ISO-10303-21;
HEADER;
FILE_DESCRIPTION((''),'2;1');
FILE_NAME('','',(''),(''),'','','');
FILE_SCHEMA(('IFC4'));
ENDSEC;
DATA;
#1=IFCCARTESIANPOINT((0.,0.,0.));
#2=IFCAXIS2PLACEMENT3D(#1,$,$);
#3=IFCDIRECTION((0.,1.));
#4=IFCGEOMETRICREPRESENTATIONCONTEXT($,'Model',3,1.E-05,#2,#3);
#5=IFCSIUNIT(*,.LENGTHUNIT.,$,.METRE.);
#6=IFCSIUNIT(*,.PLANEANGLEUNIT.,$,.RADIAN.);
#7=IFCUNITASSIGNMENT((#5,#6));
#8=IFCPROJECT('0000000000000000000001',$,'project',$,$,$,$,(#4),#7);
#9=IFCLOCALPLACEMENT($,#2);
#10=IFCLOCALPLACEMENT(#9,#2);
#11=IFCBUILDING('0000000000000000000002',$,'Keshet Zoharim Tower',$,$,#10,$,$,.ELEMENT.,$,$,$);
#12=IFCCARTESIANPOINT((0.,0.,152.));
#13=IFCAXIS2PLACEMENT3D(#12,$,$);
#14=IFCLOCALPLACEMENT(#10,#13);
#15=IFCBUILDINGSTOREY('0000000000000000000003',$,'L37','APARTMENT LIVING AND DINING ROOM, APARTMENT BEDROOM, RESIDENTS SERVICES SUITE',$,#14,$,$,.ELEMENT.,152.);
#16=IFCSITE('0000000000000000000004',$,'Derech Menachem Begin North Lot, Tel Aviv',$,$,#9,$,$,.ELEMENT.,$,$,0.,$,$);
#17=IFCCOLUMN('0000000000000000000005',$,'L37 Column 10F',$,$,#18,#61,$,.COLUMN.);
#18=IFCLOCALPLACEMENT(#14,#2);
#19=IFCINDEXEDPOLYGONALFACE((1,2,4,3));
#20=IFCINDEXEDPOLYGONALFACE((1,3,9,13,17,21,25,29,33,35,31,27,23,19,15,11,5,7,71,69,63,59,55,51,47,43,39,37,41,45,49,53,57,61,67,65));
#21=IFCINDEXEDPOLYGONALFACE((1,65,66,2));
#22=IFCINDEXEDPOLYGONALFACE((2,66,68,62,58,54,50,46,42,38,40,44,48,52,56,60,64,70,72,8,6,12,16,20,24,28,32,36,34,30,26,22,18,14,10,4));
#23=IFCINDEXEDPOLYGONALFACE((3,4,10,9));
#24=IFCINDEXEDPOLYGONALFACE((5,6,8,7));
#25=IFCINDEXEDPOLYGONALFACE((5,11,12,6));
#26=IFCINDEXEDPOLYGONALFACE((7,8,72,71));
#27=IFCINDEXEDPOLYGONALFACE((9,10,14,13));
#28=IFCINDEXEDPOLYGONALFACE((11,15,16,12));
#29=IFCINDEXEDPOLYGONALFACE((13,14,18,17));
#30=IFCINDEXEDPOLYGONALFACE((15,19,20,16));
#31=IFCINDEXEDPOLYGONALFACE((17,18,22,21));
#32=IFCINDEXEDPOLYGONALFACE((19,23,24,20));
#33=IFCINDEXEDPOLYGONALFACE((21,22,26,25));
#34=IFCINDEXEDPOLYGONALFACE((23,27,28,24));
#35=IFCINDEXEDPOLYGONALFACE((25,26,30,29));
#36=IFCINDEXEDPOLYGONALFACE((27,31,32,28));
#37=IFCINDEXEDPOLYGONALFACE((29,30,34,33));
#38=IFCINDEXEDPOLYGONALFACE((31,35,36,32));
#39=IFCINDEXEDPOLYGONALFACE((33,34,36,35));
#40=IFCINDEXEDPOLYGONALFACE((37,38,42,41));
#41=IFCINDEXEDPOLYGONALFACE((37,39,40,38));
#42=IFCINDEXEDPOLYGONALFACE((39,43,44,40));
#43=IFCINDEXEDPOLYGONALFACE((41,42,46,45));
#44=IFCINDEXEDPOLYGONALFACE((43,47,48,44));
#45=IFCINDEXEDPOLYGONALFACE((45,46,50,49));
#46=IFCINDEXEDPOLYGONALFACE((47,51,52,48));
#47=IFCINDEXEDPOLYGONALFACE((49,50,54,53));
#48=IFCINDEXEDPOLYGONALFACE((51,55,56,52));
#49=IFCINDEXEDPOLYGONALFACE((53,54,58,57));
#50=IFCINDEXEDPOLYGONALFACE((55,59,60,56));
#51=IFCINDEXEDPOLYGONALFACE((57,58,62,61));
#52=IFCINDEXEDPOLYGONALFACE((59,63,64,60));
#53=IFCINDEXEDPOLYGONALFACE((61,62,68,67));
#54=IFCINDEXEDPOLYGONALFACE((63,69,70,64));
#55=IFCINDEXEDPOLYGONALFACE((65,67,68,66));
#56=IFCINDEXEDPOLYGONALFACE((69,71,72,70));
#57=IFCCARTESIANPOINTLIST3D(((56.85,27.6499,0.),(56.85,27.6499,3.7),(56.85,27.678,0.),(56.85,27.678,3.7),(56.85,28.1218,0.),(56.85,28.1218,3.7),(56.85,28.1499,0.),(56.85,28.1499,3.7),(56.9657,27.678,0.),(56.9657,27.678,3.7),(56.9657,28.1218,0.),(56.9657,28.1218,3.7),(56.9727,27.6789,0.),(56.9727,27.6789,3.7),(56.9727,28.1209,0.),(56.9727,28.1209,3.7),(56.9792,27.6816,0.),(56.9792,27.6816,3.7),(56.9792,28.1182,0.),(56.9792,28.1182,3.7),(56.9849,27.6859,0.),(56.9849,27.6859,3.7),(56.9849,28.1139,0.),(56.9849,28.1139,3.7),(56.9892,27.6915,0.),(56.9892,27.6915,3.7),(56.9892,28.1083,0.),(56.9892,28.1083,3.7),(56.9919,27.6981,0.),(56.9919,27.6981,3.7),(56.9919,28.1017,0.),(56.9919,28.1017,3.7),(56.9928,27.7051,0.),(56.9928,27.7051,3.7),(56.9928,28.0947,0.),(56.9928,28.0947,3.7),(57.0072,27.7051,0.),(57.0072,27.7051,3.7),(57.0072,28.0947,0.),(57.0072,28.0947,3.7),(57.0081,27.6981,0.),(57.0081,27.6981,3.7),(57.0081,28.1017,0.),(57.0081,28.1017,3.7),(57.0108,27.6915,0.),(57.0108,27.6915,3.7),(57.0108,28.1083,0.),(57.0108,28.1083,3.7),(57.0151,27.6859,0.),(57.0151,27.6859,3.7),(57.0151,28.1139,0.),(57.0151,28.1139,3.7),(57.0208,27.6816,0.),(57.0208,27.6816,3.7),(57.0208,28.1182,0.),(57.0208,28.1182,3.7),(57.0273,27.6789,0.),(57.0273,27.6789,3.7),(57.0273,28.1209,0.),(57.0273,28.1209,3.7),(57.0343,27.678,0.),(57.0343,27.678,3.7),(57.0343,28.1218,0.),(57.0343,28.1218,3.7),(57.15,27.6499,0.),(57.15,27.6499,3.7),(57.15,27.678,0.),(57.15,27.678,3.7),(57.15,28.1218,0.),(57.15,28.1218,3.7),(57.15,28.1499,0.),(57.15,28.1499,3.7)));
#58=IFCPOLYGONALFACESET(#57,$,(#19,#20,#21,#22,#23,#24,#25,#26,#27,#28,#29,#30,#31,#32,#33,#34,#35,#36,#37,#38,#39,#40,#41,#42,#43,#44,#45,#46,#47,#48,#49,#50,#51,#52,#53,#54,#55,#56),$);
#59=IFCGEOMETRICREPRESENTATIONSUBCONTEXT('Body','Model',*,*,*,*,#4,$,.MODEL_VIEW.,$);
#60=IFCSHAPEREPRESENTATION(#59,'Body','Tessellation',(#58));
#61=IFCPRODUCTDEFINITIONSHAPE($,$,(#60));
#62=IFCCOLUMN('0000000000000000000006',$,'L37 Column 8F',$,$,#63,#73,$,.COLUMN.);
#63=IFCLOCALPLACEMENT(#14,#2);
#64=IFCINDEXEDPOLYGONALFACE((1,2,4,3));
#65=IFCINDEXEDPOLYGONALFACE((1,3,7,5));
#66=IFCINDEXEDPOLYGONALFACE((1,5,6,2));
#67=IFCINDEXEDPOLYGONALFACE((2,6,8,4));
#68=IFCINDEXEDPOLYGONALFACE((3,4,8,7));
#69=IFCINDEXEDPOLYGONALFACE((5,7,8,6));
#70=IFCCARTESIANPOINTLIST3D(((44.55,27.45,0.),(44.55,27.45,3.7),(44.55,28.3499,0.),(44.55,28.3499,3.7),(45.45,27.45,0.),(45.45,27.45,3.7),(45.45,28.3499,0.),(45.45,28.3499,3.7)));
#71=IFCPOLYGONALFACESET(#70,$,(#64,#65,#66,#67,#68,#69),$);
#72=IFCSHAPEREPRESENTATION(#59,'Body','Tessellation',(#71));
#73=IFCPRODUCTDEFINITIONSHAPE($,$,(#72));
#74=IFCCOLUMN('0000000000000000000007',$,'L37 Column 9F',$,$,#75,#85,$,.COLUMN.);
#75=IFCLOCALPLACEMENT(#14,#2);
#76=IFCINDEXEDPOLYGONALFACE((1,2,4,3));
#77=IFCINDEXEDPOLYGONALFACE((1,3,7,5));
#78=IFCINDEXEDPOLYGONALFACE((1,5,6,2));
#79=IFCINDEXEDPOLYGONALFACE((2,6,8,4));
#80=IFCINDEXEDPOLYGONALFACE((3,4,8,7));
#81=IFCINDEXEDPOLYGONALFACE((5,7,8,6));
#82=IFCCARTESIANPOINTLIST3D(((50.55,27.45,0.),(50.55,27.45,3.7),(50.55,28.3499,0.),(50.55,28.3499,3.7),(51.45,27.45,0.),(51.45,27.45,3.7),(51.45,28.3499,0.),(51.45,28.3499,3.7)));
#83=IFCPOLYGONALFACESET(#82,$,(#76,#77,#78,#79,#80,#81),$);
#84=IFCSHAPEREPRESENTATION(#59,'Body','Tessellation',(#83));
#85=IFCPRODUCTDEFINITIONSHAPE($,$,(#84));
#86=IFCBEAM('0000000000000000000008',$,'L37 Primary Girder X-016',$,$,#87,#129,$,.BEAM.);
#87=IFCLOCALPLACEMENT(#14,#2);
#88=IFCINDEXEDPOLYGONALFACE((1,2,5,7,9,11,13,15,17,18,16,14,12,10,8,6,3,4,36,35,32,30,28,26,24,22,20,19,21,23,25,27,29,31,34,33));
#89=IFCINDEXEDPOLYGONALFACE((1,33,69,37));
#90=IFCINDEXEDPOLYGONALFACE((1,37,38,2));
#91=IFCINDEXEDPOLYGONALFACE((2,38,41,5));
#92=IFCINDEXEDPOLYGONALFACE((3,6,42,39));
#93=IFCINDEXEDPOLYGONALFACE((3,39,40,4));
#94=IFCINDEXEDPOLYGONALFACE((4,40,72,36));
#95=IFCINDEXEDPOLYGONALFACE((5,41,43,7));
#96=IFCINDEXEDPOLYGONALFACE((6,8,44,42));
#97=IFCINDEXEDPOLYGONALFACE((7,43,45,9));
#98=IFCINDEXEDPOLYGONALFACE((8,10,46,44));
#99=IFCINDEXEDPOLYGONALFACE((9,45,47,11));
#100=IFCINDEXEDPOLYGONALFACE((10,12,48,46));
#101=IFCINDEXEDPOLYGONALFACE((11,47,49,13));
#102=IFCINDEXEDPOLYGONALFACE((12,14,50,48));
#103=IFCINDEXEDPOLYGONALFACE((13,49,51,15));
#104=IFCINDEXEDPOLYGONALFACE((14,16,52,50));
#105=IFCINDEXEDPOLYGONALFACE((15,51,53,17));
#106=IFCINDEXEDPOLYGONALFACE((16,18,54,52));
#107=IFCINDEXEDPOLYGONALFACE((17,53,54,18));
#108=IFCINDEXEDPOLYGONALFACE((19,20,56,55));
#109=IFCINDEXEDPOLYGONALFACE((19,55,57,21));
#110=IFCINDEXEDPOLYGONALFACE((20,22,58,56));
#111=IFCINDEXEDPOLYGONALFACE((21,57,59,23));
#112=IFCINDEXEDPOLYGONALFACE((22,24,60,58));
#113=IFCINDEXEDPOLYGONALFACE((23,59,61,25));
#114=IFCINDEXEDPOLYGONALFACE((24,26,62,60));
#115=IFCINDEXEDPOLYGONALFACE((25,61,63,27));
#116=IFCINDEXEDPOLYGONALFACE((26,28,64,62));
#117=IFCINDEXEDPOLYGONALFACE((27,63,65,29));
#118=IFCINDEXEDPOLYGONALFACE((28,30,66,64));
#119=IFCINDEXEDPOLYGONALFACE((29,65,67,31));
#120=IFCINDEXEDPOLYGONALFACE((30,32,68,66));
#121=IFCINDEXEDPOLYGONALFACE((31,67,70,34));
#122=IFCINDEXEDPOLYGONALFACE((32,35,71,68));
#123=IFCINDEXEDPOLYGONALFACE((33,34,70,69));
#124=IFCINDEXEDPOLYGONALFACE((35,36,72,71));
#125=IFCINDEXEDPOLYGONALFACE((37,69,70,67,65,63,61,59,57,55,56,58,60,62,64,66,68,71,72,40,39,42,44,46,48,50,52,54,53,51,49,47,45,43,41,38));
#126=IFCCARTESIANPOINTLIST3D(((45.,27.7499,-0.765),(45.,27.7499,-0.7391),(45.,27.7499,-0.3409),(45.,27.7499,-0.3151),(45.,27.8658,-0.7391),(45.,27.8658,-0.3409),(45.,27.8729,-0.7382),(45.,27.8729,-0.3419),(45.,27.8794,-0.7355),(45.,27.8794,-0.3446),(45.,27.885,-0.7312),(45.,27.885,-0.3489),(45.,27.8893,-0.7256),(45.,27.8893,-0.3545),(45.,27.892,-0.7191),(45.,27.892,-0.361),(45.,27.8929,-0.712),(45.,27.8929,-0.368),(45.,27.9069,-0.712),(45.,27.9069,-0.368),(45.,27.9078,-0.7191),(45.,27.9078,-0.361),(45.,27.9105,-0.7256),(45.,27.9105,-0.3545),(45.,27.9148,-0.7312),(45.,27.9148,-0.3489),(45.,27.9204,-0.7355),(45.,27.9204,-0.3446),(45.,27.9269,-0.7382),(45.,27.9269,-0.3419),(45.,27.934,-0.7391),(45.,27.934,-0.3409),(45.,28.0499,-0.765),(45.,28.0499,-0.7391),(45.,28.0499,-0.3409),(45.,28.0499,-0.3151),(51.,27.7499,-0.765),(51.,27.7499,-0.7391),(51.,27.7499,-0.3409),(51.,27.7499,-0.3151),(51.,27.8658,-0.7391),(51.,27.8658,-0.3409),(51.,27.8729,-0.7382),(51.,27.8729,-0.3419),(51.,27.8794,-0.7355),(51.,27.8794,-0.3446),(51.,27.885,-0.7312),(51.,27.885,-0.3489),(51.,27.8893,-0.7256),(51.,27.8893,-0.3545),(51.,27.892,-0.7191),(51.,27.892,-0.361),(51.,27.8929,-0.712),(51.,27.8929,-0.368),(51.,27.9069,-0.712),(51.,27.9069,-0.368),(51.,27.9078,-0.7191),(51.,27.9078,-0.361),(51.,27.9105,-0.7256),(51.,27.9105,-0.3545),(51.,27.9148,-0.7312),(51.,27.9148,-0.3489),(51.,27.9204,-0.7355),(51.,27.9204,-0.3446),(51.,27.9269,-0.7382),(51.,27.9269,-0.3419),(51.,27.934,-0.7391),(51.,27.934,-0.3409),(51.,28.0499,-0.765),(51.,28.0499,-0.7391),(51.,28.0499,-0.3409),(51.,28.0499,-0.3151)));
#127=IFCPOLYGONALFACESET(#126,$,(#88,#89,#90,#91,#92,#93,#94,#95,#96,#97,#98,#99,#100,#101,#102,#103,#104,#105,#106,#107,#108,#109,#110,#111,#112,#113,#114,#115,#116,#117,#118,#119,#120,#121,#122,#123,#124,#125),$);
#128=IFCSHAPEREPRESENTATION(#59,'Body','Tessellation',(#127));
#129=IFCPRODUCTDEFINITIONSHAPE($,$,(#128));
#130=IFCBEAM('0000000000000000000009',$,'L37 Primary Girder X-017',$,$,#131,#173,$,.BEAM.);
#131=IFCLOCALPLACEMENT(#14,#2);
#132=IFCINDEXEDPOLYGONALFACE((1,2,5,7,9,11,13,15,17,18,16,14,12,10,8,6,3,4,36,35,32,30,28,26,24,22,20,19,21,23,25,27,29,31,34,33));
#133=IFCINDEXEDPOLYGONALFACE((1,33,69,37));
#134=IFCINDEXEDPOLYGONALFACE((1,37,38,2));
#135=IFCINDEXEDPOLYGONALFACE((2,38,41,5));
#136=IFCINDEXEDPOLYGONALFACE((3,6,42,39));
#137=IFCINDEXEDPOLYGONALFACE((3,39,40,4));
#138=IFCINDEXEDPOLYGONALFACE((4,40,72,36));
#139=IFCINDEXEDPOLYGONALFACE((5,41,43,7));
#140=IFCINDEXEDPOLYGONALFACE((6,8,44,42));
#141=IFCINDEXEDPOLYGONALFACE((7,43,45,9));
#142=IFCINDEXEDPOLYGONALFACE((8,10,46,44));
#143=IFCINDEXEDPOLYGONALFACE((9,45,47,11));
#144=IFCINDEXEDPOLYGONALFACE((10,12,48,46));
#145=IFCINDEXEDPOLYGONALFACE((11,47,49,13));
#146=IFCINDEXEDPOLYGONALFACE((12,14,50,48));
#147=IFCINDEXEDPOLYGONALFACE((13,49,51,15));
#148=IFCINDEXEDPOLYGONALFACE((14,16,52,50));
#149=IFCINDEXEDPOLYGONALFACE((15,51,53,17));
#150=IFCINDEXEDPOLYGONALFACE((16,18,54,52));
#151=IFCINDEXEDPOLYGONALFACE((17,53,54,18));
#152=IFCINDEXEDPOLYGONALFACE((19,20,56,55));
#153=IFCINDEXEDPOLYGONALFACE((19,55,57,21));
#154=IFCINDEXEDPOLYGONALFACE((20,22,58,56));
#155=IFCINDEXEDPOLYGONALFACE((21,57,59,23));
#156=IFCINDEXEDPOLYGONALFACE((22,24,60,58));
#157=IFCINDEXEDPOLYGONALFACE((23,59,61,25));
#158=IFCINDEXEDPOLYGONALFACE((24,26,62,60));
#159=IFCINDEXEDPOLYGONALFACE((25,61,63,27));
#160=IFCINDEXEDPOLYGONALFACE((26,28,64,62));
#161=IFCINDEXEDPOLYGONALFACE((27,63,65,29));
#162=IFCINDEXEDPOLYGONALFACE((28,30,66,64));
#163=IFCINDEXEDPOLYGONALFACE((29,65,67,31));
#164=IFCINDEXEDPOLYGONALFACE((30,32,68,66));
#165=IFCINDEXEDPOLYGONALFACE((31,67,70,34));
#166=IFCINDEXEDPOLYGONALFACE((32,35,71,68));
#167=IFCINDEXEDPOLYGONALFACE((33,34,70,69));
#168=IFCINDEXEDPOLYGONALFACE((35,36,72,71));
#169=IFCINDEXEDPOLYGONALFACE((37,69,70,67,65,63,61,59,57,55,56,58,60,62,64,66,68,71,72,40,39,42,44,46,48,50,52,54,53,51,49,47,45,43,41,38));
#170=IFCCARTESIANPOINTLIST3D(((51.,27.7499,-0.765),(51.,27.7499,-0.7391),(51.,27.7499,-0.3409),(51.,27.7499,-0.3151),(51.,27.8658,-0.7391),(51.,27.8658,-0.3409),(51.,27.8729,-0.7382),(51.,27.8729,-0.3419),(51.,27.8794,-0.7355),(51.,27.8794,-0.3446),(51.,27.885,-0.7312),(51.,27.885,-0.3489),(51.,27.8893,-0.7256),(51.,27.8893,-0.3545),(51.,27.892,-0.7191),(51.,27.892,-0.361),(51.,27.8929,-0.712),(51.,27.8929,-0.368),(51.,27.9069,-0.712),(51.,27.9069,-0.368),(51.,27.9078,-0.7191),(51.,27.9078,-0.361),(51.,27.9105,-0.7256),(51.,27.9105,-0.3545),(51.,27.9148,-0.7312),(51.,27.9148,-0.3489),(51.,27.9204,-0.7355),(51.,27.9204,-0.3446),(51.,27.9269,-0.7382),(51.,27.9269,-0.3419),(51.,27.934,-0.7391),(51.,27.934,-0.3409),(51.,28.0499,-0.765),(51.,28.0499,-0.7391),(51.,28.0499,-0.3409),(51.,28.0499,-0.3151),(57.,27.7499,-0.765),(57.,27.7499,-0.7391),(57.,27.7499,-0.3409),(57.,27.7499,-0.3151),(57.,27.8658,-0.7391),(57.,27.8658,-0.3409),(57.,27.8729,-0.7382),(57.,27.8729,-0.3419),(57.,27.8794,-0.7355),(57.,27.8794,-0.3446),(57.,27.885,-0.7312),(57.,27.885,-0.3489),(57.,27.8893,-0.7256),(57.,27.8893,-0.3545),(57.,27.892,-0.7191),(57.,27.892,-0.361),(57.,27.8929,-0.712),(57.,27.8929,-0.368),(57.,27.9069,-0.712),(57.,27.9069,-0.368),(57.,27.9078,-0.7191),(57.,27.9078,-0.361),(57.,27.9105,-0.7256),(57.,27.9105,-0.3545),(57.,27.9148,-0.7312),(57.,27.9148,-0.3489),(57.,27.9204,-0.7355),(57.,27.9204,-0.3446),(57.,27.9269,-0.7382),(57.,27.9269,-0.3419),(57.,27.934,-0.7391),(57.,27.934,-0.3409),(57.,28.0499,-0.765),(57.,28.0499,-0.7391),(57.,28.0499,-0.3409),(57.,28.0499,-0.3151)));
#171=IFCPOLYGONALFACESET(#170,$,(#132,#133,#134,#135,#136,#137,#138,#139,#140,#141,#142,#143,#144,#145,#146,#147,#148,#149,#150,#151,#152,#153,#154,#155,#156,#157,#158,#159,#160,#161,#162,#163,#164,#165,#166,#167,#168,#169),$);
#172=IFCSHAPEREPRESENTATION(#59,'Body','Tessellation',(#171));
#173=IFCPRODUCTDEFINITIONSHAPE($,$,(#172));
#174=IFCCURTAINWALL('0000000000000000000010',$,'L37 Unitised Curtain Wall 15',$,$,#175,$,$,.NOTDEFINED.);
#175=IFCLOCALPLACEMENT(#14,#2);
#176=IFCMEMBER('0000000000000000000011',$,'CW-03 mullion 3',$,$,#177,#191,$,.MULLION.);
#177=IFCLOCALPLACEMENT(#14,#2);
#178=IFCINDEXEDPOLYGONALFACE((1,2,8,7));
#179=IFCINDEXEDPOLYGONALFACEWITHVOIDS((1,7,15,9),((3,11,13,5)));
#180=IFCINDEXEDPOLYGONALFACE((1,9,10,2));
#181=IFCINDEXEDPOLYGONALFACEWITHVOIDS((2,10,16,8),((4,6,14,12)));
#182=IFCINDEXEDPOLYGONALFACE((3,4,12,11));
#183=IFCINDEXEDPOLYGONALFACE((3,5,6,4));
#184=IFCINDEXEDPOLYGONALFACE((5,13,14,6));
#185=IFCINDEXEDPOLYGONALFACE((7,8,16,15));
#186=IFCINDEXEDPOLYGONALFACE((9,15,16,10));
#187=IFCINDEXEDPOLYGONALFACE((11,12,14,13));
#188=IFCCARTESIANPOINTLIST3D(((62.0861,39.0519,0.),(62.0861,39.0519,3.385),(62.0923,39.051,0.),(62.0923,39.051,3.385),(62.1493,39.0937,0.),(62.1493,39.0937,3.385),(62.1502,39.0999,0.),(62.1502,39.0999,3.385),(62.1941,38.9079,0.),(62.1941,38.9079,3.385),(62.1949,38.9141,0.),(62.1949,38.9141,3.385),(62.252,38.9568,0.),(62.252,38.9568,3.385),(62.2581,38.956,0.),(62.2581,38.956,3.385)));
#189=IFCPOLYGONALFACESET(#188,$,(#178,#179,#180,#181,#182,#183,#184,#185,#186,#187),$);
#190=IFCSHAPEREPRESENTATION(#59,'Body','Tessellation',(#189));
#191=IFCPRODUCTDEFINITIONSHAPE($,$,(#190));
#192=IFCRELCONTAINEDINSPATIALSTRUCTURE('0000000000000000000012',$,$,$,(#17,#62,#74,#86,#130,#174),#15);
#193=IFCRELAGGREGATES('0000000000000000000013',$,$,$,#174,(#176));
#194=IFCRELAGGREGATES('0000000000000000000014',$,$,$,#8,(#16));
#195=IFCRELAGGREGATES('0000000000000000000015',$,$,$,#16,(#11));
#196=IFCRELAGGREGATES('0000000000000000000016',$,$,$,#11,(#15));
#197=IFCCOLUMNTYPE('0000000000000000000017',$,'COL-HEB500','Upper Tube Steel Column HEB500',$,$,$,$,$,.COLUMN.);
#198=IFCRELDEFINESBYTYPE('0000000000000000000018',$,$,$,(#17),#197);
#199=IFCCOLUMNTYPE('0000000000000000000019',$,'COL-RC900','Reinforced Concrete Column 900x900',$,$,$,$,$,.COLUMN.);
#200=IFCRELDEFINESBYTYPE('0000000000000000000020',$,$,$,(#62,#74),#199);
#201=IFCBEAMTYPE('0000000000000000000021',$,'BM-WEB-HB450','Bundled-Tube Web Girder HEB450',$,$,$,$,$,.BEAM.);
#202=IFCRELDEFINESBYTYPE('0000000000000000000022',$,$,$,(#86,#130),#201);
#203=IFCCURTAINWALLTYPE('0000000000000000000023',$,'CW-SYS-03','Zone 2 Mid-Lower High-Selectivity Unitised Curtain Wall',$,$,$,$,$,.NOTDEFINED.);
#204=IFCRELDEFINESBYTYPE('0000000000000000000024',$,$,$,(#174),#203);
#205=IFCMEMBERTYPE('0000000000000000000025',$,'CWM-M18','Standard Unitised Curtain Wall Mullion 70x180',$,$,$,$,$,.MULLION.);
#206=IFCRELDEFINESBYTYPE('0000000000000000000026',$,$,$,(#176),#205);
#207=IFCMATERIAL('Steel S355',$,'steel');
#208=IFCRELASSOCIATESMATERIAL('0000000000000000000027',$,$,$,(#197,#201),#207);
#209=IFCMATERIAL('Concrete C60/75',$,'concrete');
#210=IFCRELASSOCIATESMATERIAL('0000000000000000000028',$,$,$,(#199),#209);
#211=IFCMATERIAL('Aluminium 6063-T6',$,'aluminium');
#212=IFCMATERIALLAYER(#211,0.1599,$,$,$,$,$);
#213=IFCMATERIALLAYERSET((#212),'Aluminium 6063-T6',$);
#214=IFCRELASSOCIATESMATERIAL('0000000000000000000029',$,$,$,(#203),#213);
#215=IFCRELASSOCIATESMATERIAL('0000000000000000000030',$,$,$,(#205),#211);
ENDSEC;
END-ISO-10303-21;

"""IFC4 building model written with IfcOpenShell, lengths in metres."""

from ifc_helpers import new_model, si_unit, direction, frame, origin, origin_2d, place, context, subcontext, project, spatial, rectangle, hollow_rectangle, i_section, extrude, material, layer, layer_set, material_profile, profile_set, type_object, element, aggregate, save


model = new_model("IFC4")

# Units and contexts
model_context = context("Model", 3, precision=1e-05, world=origin(), true_north=direction((0.0, 1.0)))
body_context = subcontext(model_context, "Body", "Model", "MODEL_VIEW")
ifc_project = project(units=[si_unit("LENGTHUNIT", "METRE"), si_unit("PLANEANGLEUNIT", "RADIAN")], contexts=[model_context])

# Site, building, storey
site_placement = place(None, origin())
site = spatial("IfcSite", under=ifc_project, at=site_placement, Name="Derech Menachem Begin North Lot, Tel Aviv", CompositionType="ELEMENT", RefElevation=0.0)
building_placement = place(site_placement, origin())
building = spatial("IfcBuilding", under=site, at=building_placement, Name="Keshet Zoharim Tower", CompositionType="ELEMENT")
storey_placement = place(building_placement, frame((0.0, 0.0, 152.0)))
storey = spatial("IfcBuildingStorey", under=building, at=storey_placement, Name="L37", Description="APARTMENT LIVING AND DINING ROOM, APARTMENT BEDROOM, RESIDENTS SERVICES SUITE", CompositionType="ELEMENT", Elevation=152.0)

# Columns
ifc_material_1 = material(Name="Steel S355", Category="steel")
ifc_material_profile_1 = material_profile(ifc_material_1, i_section(OverallWidth=0.3, OverallDepth=0.5, WebThickness=0.0144, FlangeThickness=0.0281, FilletRadius=0.0271, at=origin_2d()), Name="HEB500")
ifc_profile_set_1 = profile_set([ifc_material_profile_1], Name="Steel S355")
column_type_1 = type_object("IfcColumnType", Name="COL-HEB500", Description="Upper Tube Steel Column HEB500", PredefinedType="COLUMN", material=ifc_profile_set_1)
column_placement = place(storey_placement, frame((57.0, 27.8999, 0.0), z_axis=(0.0, 0.0, 1.0), x_axis=(1.0, 0.0, 0.0)))
element("IfcColumn", 1, at=column_placement, inside=storey, type_object=column_type_1, Name="L37 Column 10F", PredefinedType="COLUMN", context=body_context, shape_type="SweptSolid", body=[
    extrude(i_section(OverallWidth=0.3, OverallDepth=0.5, WebThickness=0.0144, FlangeThickness=0.0281, FilletRadius=0.0271, at=origin_2d()), origin(), (0.0, 0.0, 1.0), 3.7),
])
ifc_material_2 = material(Name="Concrete C60/75", Category="concrete")
ifc_material_profile_2 = material_profile(ifc_material_2, rectangle(XDim=0.8999, YDim=0.8999, at=origin_2d()), Name="RC900x900")
ifc_profile_set_2 = profile_set([ifc_material_profile_2], Name="Concrete C60/75")
column_type_2 = type_object("IfcColumnType", Name="COL-RC900", Description="Reinforced Concrete Column 900x900", PredefinedType="COLUMN", material=ifc_profile_set_2)
for number, where, z_axis, x_axis, name in (
    (2, (45.0, 27.8999, 0.0), (0.0, 0.0, 1.0), (1.0, 0.0, 0.0), "L37 Column 8F"),
    (3, (51.0, 27.8999, 0.0), (0.0, 0.0, 1.0), (1.0, 0.0, 0.0), "L37 Column 9F"),
):
    element("IfcColumn", number, at=place(storey_placement, frame(where, z_axis=z_axis, x_axis=x_axis)), inside=storey, type_object=column_type_2, Name=name, PredefinedType="COLUMN", context=body_context, shape_type="SweptSolid", body=[
        extrude(rectangle(XDim=0.8999, YDim=0.8999, at=origin_2d()), origin(), (0.0, 0.0, 1.0), 3.7),
    ])

# Beams
ifc_material_profile_3 = material_profile(ifc_material_1, i_section(OverallWidth=0.3, OverallDepth=0.45, WebThickness=0.0139, FlangeThickness=0.0259, FilletRadius=0.0271, at=origin_2d()), Name="HEB450")
ifc_profile_set_3 = profile_set([ifc_material_profile_3], Name="Steel S355")
beam_type = type_object("IfcBeamType", Name="BM-WEB-HB450", Description="Bundled-Tube Web Girder HEB450", PredefinedType="BEAM", material=ifc_profile_set_3)
for number, where, z_axis, x_axis, name in (
    (4, (45.0, 27.8999, -0.54), (1.0, 0.0, 0.0), (0.0, 1.0, 0.0), "L37 Primary Girder X-016"),
    (5, (51.0, 27.8999, -0.54), (1.0, 0.0, 0.0), (0.0, 1.0, 0.0), "L37 Primary Girder X-017"),
):
    element("IfcBeam", number, at=place(storey_placement, frame(where, z_axis=z_axis, x_axis=x_axis)), inside=storey, type_object=beam_type, Name=name, PredefinedType="BEAM", context=body_context, shape_type="SweptSolid", body=[
        extrude(i_section(OverallWidth=0.3, OverallDepth=0.45, WebThickness=0.0139, FlangeThickness=0.0259, FilletRadius=0.0271, at=origin_2d()), origin(), (0.0, 0.0, 1.0), 6.0),
    ])

# Curtain wall, member
ifc_material_3 = material(Name="Aluminium 6063-T6", Category="aluminium")
ifc_layer_1 = layer(ifc_material_3, 0.1599)
ifc_layer_set_1 = layer_set([ifc_layer_1], Name="Aluminium 6063-T6")
curtain_wall_type = type_object("IfcCurtainWallType", Name="CW-SYS-03", Description="Zone 2 Mid-Lower High-Selectivity Unitised Curtain Wall", PredefinedType="NOTDEFINED", material=ifc_layer_set_1)
curtain_wall_1_placement = place(storey_placement, origin())
curtain_wall_1 = element("IfcCurtainWall", 6, at=curtain_wall_1_placement, inside=storey, type_object=curtain_wall_type, Name="L37 Unitised Curtain Wall 15", PredefinedType="NOTDEFINED")
ifc_material_profile_4 = material_profile(ifc_material_3, hollow_rectangle(XDim=0.0801, YDim=0.1799, WallThickness=0.0044, at=origin_2d()), Name="MUL-80x180")
ifc_profile_set_4 = profile_set([ifc_material_profile_4], Name="Aluminium 6063-T6")
member_type_1 = type_object("IfcMemberType", Name="CWM-M18", Description="Standard Unitised Curtain Wall Mullion 70x180", PredefinedType="MULLION", material=ifc_profile_set_4)
member_1_placement = place(storey_placement, frame((62.1721, 39.0039, 0.0), z_axis=(0.0, 0.0, 1.0), x_axis=(0.8, 0.6, 0.0)))
member_1 = element("IfcMember", 7, at=member_1_placement, type_object=member_type_1, Name="CW-03 mullion 3", PredefinedType="MULLION", context=body_context, shape_type="SweptSolid", body=[
    extrude(hollow_rectangle(XDim=0.0801, YDim=0.1799, WallThickness=0.0044, at=origin_2d()), origin(), (0.0, 0.0, 1.0), 3.385),
])
aggregate(curtain_wall_1, [member_1])

save(model, "model.ifc")
